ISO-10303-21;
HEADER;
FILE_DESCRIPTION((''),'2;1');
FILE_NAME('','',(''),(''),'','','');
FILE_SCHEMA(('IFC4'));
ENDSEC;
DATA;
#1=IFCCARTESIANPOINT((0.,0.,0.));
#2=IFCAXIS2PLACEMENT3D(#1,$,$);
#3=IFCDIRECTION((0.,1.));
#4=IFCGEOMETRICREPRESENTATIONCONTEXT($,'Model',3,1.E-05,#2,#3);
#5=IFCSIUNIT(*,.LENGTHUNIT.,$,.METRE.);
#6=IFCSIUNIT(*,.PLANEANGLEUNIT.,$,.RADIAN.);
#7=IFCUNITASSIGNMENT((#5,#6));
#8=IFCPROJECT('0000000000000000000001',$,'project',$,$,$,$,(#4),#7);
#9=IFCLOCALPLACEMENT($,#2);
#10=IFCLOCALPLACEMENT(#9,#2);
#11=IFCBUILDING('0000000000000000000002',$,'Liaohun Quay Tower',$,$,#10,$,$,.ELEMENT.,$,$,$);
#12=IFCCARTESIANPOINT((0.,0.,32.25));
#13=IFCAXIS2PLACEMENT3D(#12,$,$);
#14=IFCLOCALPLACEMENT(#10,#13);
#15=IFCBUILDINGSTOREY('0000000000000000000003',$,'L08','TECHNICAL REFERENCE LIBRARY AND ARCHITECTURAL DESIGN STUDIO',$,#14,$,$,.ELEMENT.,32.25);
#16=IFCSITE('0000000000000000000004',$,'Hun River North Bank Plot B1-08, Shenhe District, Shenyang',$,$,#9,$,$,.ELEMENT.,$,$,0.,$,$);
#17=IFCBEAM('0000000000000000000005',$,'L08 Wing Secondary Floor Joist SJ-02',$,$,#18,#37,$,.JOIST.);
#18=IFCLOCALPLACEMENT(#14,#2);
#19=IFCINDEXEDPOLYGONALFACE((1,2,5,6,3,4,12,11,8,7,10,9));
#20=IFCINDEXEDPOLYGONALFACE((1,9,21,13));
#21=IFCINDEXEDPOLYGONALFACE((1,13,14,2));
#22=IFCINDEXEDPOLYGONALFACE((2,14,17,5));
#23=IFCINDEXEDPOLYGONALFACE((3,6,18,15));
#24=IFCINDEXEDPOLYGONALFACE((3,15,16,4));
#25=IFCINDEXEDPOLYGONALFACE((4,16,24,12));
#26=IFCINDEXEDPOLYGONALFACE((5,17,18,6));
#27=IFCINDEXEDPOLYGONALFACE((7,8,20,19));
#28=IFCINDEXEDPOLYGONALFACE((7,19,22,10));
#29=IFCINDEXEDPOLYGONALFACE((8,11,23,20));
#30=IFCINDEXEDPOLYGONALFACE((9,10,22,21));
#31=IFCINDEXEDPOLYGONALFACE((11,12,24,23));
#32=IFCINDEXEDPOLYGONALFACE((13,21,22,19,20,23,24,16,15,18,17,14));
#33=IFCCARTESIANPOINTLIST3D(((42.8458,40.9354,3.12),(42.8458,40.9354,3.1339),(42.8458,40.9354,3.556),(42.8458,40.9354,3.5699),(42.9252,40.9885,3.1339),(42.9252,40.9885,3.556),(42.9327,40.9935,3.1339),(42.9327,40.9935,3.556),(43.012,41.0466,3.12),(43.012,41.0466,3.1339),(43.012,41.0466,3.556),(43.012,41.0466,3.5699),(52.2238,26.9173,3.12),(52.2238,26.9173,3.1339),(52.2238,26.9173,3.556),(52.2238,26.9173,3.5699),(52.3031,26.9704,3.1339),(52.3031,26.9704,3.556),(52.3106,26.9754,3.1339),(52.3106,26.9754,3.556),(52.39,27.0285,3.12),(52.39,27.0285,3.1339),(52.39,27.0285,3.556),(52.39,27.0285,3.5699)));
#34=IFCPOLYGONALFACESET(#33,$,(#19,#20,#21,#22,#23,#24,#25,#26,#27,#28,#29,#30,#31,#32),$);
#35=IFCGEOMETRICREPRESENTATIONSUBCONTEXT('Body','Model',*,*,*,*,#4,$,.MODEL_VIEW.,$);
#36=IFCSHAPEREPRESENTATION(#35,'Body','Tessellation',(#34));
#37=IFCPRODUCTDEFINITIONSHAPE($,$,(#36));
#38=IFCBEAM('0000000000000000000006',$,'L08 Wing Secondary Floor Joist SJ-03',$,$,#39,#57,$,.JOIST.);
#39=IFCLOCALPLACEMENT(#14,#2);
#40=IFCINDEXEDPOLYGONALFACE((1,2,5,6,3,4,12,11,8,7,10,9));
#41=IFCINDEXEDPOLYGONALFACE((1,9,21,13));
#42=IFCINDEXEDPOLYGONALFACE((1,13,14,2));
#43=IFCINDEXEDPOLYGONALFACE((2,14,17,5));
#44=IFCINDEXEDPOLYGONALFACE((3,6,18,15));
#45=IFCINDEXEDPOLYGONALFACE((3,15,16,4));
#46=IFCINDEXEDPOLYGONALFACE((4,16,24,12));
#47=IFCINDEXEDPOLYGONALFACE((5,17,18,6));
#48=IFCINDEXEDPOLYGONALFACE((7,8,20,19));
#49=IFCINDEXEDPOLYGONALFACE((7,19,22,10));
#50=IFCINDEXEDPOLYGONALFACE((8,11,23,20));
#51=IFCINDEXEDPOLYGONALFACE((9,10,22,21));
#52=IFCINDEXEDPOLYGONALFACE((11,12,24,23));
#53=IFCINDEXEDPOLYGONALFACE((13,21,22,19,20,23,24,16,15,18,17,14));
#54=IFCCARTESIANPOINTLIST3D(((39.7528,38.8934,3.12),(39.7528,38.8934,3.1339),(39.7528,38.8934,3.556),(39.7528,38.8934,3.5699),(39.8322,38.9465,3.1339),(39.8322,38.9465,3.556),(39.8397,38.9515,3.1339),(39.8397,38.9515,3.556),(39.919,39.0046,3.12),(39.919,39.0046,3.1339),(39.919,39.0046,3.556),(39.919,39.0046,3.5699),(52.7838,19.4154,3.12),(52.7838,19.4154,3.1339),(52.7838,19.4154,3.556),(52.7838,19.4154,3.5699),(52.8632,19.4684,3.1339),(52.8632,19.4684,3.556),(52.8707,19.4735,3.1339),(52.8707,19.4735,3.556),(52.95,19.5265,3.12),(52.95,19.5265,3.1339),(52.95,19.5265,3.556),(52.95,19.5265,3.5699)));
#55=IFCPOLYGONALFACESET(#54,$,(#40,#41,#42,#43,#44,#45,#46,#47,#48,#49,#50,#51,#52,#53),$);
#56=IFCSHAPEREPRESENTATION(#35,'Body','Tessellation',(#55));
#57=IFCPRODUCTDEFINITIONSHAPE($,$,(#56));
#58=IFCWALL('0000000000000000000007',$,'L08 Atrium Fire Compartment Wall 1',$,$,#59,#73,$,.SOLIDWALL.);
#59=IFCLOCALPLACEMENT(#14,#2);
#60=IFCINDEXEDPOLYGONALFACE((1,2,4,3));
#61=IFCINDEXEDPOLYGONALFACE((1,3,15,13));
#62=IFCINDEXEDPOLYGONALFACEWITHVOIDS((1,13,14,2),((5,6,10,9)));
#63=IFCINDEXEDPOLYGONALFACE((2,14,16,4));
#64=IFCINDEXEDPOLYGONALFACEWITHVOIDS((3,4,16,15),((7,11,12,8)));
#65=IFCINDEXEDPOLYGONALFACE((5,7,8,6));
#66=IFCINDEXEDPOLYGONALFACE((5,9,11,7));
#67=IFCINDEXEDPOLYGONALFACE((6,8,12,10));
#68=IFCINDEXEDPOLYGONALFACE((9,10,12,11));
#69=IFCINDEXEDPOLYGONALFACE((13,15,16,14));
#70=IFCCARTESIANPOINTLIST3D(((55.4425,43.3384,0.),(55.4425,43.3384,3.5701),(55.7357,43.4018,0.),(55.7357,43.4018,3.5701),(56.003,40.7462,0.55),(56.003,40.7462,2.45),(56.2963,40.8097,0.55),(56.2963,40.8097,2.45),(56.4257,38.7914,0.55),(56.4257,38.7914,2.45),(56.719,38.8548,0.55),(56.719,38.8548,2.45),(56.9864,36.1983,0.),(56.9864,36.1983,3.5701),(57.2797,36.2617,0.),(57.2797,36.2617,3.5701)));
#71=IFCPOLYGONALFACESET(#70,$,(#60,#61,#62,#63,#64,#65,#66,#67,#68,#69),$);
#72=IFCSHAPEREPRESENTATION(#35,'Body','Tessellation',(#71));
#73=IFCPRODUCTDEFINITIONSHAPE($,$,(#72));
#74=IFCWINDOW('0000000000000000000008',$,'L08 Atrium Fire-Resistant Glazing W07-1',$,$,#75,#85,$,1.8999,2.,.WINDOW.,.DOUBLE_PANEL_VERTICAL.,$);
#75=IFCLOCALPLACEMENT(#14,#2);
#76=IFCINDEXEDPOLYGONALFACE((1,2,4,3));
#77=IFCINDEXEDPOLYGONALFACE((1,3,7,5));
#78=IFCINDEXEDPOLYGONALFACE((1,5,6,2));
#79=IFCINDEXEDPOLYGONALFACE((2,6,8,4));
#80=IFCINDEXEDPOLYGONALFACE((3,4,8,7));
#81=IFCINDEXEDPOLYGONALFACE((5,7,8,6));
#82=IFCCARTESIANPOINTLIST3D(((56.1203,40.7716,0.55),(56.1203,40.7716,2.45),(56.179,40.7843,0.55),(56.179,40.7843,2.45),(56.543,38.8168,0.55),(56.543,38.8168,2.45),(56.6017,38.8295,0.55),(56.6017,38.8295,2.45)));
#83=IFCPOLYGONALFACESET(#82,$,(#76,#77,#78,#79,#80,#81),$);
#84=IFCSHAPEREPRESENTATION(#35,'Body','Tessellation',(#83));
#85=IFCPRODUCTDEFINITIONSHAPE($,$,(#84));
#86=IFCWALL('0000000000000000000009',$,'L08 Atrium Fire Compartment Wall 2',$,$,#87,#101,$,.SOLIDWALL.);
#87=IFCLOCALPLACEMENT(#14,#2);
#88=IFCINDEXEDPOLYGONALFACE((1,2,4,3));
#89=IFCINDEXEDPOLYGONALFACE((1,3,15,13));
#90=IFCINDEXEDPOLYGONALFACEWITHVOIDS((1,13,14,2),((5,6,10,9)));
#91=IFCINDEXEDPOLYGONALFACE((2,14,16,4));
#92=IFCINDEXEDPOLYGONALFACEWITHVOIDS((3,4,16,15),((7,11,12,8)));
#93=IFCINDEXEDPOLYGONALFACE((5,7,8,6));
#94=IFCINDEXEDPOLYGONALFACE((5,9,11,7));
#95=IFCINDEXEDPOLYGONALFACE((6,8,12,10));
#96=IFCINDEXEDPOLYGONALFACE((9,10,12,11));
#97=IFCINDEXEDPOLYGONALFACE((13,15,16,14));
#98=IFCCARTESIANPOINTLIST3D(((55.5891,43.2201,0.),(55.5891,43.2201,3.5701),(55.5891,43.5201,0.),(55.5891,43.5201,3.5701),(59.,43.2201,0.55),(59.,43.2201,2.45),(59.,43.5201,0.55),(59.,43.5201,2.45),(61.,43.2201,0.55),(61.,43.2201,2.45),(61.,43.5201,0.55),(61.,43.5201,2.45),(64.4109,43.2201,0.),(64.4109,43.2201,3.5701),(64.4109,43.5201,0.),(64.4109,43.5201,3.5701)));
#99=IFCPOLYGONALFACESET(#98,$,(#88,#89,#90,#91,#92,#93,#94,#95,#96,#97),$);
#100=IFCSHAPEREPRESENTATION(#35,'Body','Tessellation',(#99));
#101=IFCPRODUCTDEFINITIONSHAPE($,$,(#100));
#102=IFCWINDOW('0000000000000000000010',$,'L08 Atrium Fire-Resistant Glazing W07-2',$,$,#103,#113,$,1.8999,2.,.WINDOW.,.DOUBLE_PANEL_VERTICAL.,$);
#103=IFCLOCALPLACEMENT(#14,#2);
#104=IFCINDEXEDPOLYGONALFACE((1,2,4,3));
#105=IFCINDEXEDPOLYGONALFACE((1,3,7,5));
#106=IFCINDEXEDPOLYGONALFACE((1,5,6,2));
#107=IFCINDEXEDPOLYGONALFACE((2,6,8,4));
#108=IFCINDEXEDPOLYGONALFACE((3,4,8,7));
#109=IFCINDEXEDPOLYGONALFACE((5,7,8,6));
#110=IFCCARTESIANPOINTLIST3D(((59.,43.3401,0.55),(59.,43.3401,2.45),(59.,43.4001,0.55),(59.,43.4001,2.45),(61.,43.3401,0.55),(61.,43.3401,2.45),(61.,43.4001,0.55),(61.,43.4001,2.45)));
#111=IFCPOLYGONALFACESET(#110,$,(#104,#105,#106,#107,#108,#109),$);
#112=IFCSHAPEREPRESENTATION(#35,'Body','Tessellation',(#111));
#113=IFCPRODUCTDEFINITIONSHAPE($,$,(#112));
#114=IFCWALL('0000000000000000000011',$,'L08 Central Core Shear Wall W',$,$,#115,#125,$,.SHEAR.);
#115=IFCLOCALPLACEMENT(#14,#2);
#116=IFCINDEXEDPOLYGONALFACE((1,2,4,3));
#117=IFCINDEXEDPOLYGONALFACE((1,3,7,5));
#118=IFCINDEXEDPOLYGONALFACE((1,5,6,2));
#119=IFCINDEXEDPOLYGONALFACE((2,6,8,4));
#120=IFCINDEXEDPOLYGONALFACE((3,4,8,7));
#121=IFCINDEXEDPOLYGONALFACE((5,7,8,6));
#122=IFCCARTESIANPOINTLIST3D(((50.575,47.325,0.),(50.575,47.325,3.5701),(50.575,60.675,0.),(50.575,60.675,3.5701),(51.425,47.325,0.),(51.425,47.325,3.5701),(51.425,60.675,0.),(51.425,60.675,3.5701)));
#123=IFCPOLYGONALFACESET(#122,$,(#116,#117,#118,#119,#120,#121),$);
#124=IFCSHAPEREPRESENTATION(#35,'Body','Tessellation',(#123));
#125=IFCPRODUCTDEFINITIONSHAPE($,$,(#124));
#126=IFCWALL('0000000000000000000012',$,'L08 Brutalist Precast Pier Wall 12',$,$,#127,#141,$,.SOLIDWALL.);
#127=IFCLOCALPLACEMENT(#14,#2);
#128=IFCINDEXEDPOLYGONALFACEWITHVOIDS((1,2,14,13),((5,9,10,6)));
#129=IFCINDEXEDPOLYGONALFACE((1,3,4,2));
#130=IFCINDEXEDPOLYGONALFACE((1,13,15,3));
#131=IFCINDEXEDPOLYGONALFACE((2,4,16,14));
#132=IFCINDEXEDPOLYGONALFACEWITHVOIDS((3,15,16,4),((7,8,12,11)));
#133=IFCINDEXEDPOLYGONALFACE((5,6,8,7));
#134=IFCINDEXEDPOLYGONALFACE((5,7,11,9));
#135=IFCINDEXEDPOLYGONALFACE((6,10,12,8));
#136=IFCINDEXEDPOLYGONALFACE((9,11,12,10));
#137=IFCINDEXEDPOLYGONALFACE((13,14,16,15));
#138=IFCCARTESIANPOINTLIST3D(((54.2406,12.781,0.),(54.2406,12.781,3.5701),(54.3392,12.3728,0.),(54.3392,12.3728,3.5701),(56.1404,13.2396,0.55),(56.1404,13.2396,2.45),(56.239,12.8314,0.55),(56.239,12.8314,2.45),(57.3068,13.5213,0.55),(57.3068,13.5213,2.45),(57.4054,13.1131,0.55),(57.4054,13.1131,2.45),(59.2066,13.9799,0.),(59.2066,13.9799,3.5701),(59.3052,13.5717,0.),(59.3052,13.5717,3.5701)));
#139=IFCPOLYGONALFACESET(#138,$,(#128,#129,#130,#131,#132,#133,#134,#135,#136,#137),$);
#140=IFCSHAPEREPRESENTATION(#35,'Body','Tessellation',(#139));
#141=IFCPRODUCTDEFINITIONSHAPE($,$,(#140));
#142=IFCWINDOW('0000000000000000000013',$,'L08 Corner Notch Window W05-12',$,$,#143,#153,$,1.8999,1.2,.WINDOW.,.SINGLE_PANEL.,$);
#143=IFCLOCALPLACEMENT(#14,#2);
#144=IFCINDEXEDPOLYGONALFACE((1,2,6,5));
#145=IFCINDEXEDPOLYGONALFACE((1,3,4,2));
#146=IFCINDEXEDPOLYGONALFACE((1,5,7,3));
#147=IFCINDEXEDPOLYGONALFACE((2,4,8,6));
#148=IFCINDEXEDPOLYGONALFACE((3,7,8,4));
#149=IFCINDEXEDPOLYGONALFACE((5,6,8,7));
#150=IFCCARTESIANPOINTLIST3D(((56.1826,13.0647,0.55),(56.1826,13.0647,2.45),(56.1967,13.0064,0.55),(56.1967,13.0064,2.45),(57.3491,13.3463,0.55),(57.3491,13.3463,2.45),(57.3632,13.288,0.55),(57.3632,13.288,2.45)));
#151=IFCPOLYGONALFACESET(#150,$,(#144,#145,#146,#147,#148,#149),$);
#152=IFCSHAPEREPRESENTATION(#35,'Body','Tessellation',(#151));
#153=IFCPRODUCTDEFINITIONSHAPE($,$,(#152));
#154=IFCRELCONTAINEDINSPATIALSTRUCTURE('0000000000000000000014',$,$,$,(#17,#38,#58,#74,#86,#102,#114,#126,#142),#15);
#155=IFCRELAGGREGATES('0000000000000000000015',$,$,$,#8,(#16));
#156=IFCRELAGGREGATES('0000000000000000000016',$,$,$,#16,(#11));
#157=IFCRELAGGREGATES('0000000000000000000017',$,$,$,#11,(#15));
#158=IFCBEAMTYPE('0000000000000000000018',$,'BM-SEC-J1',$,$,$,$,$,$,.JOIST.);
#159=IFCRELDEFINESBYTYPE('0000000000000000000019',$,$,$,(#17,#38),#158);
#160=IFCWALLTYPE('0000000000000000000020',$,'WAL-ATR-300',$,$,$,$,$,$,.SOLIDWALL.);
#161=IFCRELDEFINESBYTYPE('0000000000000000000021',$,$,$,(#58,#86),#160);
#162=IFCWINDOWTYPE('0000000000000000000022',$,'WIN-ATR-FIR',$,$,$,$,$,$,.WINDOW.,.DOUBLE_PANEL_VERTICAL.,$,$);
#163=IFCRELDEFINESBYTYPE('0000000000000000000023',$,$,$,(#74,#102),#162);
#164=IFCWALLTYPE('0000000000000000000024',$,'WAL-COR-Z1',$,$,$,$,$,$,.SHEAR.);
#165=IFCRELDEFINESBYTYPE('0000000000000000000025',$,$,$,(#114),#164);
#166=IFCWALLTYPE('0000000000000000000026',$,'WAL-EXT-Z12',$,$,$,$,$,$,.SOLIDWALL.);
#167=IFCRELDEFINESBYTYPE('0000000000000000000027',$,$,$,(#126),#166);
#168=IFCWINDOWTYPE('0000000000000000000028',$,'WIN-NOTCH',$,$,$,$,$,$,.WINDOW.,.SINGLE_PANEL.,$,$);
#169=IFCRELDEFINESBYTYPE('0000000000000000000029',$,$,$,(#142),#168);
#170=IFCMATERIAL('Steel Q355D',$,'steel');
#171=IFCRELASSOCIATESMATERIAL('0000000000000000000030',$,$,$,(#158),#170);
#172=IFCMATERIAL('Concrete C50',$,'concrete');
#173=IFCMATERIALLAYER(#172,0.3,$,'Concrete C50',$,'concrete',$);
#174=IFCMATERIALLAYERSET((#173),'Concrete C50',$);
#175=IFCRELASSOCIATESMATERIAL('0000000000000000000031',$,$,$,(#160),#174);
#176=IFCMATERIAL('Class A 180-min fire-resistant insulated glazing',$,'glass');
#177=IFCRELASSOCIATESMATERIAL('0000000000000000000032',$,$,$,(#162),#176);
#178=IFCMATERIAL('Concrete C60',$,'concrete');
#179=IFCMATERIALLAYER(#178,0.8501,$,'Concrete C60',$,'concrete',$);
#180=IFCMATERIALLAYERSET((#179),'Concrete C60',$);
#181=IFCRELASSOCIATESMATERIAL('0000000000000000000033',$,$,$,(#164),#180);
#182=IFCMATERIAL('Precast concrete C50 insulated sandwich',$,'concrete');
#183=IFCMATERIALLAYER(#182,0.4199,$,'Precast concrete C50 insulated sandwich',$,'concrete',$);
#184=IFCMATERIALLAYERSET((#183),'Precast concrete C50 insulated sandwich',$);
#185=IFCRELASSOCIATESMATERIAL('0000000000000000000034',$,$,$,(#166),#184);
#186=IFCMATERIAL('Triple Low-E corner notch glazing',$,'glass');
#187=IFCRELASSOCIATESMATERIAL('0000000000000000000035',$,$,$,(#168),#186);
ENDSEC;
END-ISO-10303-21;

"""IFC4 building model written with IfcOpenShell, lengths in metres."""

from ifc_helpers import new_model, si_unit, direction, frame, frame_2d, origin, origin_2d, place, context, subcontext, project, spatial, rectangle, i_section, extrude, source, transform, mapped, material, layer, layer_set, material_profile, profile_set, type_object, element, fill, save


model = new_model("IFC4")

# Units and contexts
model_context = context("Model", 3, precision=1e-05, world=origin(), true_north=direction((0.0, 1.0)))
body_context = subcontext(model_context, "Body", "Model", "MODEL_VIEW")
ifc_project = project(units=[si_unit("LENGTHUNIT", "METRE"), si_unit("PLANEANGLEUNIT", "RADIAN")], contexts=[model_context])

# Site, building, storey
site_placement = place(None, origin())
site = spatial("IfcSite", under=ifc_project, at=site_placement, Name="Hun River North Bank Plot B1-08, Shenhe District, Shenyang", CompositionType="ELEMENT", RefElevation=0.0)
building_placement = place(site_placement, origin())
building = spatial("IfcBuilding", under=site, at=building_placement, Name="Liaohun Quay Tower", CompositionType="ELEMENT")
storey_placement = place(building_placement, frame((0.0, 0.0, 32.25)))
storey = spatial("IfcBuildingStorey", under=building, at=storey_placement, Name="L08", Description="TECHNICAL REFERENCE LIBRARY AND ARCHITECTURAL DESIGN STUDIO", CompositionType="ELEMENT", Elevation=32.25)

# Shared definitions
ifc_material_1 = material(Name="Concrete C60", Category="concrete")

# Beams
ifc_material_2 = material(Name="Steel Q355D", Category="steel")
ifc_material_profile_1 = material_profile(ifc_material_2, i_section(OverallWidth=0.2, OverallDepth=0.45, WebThickness=0.009, FlangeThickness=0.0139, at=origin_2d()), Name="HN450x200x9x14")
ifc_profile_set_1 = profile_set([ifc_material_profile_1], Name="Steel Q355D")
beam_type_1 = type_object("IfcBeamType", Name="BM-SEC-J1", PredefinedType="JOIST", material=ifc_profile_set_1)
shared_shape_1 = source(origin(), body_context, "Body", "SweptSolid", [
    extrude(i_section(OverallWidth=0.2, OverallDepth=0.45, WebThickness=0.009, FlangeThickness=0.0139, at=origin_2d()), origin(), (0.0, 0.0, 1.0), 16.8657),
])
beam_1_placement = place(storey_placement, frame((52.3069, 26.9729, 3.345), z_axis=(-0.556036, 0.831158, 0.0), x_axis=(-0.831158, -0.556036, 0.0)))
element("IfcBeam", 1, at=beam_1_placement, inside=storey, type_object=beam_type_1, Name="L08 Wing Secondary Floor Joist SJ-02", PredefinedType="JOIST", context=body_context, shape_type="MappedRepresentation", body=[
    mapped(shared_shape_1, transform((0.0, 0.0, 0.0), x_axis=(1.0, 0.0, 0.0), y_axis=(0.0, 1.0, 0.0), z_axis=(0.0, 0.0, 1.0), scale=1.0)),
])
shared_shape_2 = source(origin(), body_context, "Body", "SweptSolid", [
    extrude(i_section(OverallWidth=0.2, OverallDepth=0.45, WebThickness=0.009, FlangeThickness=0.0139, at=origin_2d()), origin(), (0.0, 0.0, 1.0), 23.4351),
])
beam_2_placement = place(storey_placement, frame((52.8669, 19.4709, 3.345), z_axis=(-0.556048, 0.83115, 0.0), x_axis=(-0.83115, -0.556048, 0.0)))
element("IfcBeam", 2, at=beam_2_placement, inside=storey, type_object=beam_type_1, Name="L08 Wing Secondary Floor Joist SJ-03", PredefinedType="JOIST", context=body_context, shape_type="MappedRepresentation", body=[
    mapped(shared_shape_2, transform((0.0, 0.0, 0.0), x_axis=(1.0, 0.0, 0.0), y_axis=(0.0, 1.0, 0.0), z_axis=(0.0, 0.0, 1.0), scale=1.0)),
])

# Walls, openings, windows
ifc_material_3 = material(Name="Concrete C50", Category="concrete")
ifc_layer_1 = layer(ifc_material_3, 0.3, Name="Concrete C50", Category="concrete")
ifc_layer_set_1 = layer_set([ifc_layer_1], Name="Concrete C50")
wall_type_1 = type_object("IfcWallType", Name="WAL-ATR-300", PredefinedType="SOLIDWALL", material=ifc_layer_set_1)
wall_1_placement = place(storey_placement, frame((57.1331, 36.23, 0.0), z_axis=(0.0, 0.0, 1.0), x_axis=(-0.21135, 0.97741, 0.0)))
wall_1 = element("IfcWall", 3, at=wall_1_placement, inside=storey, type_object=wall_type_1, Name="L08 Atrium Fire Compartment Wall 1", PredefinedType="SOLIDWALL", context=body_context, shape_type="SweptSolid", body=[
    extrude(rectangle(XDim=7.3052, YDim=0.3, at=frame_2d((3.6526, 0.0))), origin(), (0.0, 0.0, 1.0), 3.5701),
])
shared_shape_3 = source(origin(), body_context, "Body", "SweptSolid", [
    extrude(rectangle(XDim=2.0, YDim=1.8999, at=frame_2d((1.0, 0.95))), frame((0.0, 0.1599, 0.0), z_axis=(0.0, -1.0, 0.0), x_axis=(1.0, 0.0, 0.0)), (0.0, 0.0, 1.0), 0.3201),
])
opening_1_placement = place(wall_1_placement, frame((2.6531, 0.0, 0.55)))
opening_1 = element("IfcOpeningElement", 4, at=opening_1_placement, cuts=wall_1, PredefinedType="OPENING", context=body_context, shape_type="MappedRepresentation", body=[
    mapped(shared_shape_3, transform((0.0, 0.0, 0.0), x_axis=(1.0, 0.0, 0.0), y_axis=(0.0, 1.0, 0.0), z_axis=(0.0, 0.0, 1.0), scale=1.0)),
])
ifc_material_4 = material(Name="Class A 180-min fire-resistant insulated glazing", Category="glass")
window_type_1 = type_object("IfcWindowType", Name="WIN-ATR-FIR", PartitioningType="DOUBLE_PANEL_VERTICAL", PredefinedType="WINDOW", material=ifc_material_4)
shared_shape_4 = source(origin(), body_context, "Body", "SweptSolid", [
    extrude(rectangle(XDim=2.0, YDim=1.8999, at=frame_2d((1.0, 0.95))), frame((0.0, 0.03, 0.0), z_axis=(0.0, -1.0, 0.0), x_axis=(1.0, 0.0, 0.0)), (0.0, 0.0, 1.0), 0.0601),
])
window_1_placement = place(opening_1_placement, origin())
window_1 = element("IfcWindow", 5, at=window_1_placement, inside=storey, type_object=window_type_1, Name="L08 Atrium Fire-Resistant Glazing W07-1", OverallHeight=1.8999, OverallWidth=2.0, PartitioningType="DOUBLE_PANEL_VERTICAL", PredefinedType="WINDOW", context=body_context, shape_type="MappedRepresentation", body=[
    mapped(shared_shape_4, transform((0.0, 0.0, 0.0), x_axis=(1.0, 0.0, 0.0), y_axis=(0.0, 1.0, 0.0), z_axis=(0.0, 0.0, 1.0), scale=1.0)),
])
fill(opening_1, window_1)
wall_2_placement = place(storey_placement, frame((55.5891, 43.3701, 0.0), z_axis=(0.0, 0.0, 1.0), x_axis=(1.0, 0.0, 0.0)))
wall_2 = element("IfcWall", 6, at=wall_2_placement, inside=storey, type_object=wall_type_1, Name="L08 Atrium Fire Compartment Wall 2", PredefinedType="SOLIDWALL", context=body_context, shape_type="SweptSolid", body=[
    extrude(rectangle(XDim=8.8218, YDim=0.3, at=frame_2d((4.4109, 0.0))), origin(), (0.0, 0.0, 1.0), 3.5701),
])
opening_2_placement = place(wall_2_placement, frame((3.4109, 0.0, 0.55)))
opening_2 = element("IfcOpeningElement", 7, at=opening_2_placement, cuts=wall_2, PredefinedType="OPENING", context=body_context, shape_type="MappedRepresentation", body=[
    mapped(shared_shape_3, transform((0.0, 0.0, 0.0), x_axis=(1.0, 0.0, 0.0), y_axis=(0.0, 1.0, 0.0), z_axis=(0.0, 0.0, 1.0), scale=1.0)),
])
window_2_placement = place(opening_2_placement, origin())
window_2 = element("IfcWindow", 8, at=window_2_placement, inside=storey, type_object=window_type_1, Name="L08 Atrium Fire-Resistant Glazing W07-2", OverallHeight=1.8999, OverallWidth=2.0, PartitioningType="DOUBLE_PANEL_VERTICAL", PredefinedType="WINDOW", context=body_context, shape_type="MappedRepresentation", body=[
    mapped(shared_shape_4, transform((0.0, 0.0, 0.0), x_axis=(1.0, 0.0, 0.0), y_axis=(0.0, 1.0, 0.0), z_axis=(0.0, 0.0, 1.0), scale=1.0)),
])
fill(opening_2, window_2)

# Wall
ifc_layer_2 = layer(ifc_material_1, 0.8501, Name="Concrete C60", Category="concrete")
ifc_layer_set_2 = layer_set([ifc_layer_2], Name="Concrete C60")
wall_type_2 = type_object("IfcWallType", Name="WAL-COR-Z1", PredefinedType="SHEAR", material=ifc_layer_set_2)
wall_3_placement = place(storey_placement, frame((51.0, 47.325, 0.0), z_axis=(0.0, 0.0, 1.0), x_axis=(0.0, 1.0, 0.0)))
element("IfcWall", 9, at=wall_3_placement, inside=storey, type_object=wall_type_2, Name="L08 Central Core Shear Wall W", PredefinedType="SHEAR", context=body_context, shape_type="SweptSolid", body=[
    extrude(rectangle(XDim=13.3501, YDim=0.8501, at=frame_2d((6.675, 0.0))), origin(), (0.0, 0.0, 1.0), 3.5701),
])

# Wall, opening, window
ifc_material_5 = material(Name="Precast concrete C50 insulated sandwich", Category="concrete")
ifc_layer_3 = layer(ifc_material_5, 0.4199, Name="Precast concrete C50 insulated sandwich", Category="concrete")
ifc_layer_set_3 = layer_set([ifc_layer_3], Name="Precast concrete C50 insulated sandwich")
wall_type_3 = type_object("IfcWallType", Name="WAL-EXT-Z12", PredefinedType="SOLIDWALL", material=ifc_layer_set_3)
wall_4_placement = place(storey_placement, frame((54.29, 12.5769, 0.0), z_axis=(0.0, 0.0, 1.0), x_axis=(0.97207, 0.23469, 0.0)))
wall_4 = element("IfcWall", 10, at=wall_4_placement, inside=storey, type_object=wall_type_3, Name="L08 Brutalist Precast Pier Wall 12", PredefinedType="SOLIDWALL", context=body_context, shape_type="SweptSolid", body=[
    extrude(rectangle(XDim=5.1086, YDim=0.4199, at=frame_2d((2.5542, 0.0))), origin(), (0.0, 0.0, 1.0), 3.5701),
])
shared_shape_5 = source(origin(), body_context, "Body", "SweptSolid", [
    extrude(rectangle(XDim=1.2, YDim=1.8999, at=frame_2d((0.6001, 0.95))), frame((0.0, 0.22, 0.0), z_axis=(0.0, -1.0, 0.0), x_axis=(1.0, 0.0, 0.0)), (0.0, 0.0, 1.0), 0.4399),
])
opening_3_placement = place(wall_4_placement, frame((1.9541, 0.0, 0.55)))
opening_3 = element("IfcOpeningElement", 11, at=opening_3_placement, cuts=wall_4, PredefinedType="OPENING", context=body_context, shape_type="MappedRepresentation", body=[
    mapped(shared_shape_5, transform((0.0, 0.0, 0.0), x_axis=(1.0, 0.0, 0.0), y_axis=(0.0, 1.0, 0.0), z_axis=(0.0, 0.0, 1.0), scale=1.0)),
])
ifc_material_6 = material(Name="Triple Low-E corner notch glazing", Category="glass")
window_type_2 = type_object("IfcWindowType", Name="WIN-NOTCH", PartitioningType="SINGLE_PANEL", PredefinedType="WINDOW", material=ifc_material_6)
shared_shape_6 = source(origin(), body_context, "Body", "SweptSolid", [
    extrude(rectangle(XDim=1.2, YDim=1.8999, at=frame_2d((0.6001, 0.95))), frame((0.0, 0.03, 0.0), z_axis=(0.0, -1.0, 0.0), x_axis=(1.0, 0.0, 0.0)), (0.0, 0.0, 1.0), 0.0601),
])
window_3_placement = place(opening_3_placement, origin())
window_3 = element("IfcWindow", 12, at=window_3_placement, inside=storey, type_object=window_type_2, Name="L08 Corner Notch Window W05-12", OverallHeight=1.8999, OverallWidth=1.2, PartitioningType="SINGLE_PANEL", PredefinedType="WINDOW", context=body_context, shape_type="MappedRepresentation", body=[
    mapped(shared_shape_6, transform((0.0, 0.0, 0.0), x_axis=(1.0, 0.0, 0.0), y_axis=(0.0, 1.0, 0.0), z_axis=(0.0, 0.0, 1.0), scale=1.0)),
])
fill(opening_3, window_3)

save(model, "model.ifc")
